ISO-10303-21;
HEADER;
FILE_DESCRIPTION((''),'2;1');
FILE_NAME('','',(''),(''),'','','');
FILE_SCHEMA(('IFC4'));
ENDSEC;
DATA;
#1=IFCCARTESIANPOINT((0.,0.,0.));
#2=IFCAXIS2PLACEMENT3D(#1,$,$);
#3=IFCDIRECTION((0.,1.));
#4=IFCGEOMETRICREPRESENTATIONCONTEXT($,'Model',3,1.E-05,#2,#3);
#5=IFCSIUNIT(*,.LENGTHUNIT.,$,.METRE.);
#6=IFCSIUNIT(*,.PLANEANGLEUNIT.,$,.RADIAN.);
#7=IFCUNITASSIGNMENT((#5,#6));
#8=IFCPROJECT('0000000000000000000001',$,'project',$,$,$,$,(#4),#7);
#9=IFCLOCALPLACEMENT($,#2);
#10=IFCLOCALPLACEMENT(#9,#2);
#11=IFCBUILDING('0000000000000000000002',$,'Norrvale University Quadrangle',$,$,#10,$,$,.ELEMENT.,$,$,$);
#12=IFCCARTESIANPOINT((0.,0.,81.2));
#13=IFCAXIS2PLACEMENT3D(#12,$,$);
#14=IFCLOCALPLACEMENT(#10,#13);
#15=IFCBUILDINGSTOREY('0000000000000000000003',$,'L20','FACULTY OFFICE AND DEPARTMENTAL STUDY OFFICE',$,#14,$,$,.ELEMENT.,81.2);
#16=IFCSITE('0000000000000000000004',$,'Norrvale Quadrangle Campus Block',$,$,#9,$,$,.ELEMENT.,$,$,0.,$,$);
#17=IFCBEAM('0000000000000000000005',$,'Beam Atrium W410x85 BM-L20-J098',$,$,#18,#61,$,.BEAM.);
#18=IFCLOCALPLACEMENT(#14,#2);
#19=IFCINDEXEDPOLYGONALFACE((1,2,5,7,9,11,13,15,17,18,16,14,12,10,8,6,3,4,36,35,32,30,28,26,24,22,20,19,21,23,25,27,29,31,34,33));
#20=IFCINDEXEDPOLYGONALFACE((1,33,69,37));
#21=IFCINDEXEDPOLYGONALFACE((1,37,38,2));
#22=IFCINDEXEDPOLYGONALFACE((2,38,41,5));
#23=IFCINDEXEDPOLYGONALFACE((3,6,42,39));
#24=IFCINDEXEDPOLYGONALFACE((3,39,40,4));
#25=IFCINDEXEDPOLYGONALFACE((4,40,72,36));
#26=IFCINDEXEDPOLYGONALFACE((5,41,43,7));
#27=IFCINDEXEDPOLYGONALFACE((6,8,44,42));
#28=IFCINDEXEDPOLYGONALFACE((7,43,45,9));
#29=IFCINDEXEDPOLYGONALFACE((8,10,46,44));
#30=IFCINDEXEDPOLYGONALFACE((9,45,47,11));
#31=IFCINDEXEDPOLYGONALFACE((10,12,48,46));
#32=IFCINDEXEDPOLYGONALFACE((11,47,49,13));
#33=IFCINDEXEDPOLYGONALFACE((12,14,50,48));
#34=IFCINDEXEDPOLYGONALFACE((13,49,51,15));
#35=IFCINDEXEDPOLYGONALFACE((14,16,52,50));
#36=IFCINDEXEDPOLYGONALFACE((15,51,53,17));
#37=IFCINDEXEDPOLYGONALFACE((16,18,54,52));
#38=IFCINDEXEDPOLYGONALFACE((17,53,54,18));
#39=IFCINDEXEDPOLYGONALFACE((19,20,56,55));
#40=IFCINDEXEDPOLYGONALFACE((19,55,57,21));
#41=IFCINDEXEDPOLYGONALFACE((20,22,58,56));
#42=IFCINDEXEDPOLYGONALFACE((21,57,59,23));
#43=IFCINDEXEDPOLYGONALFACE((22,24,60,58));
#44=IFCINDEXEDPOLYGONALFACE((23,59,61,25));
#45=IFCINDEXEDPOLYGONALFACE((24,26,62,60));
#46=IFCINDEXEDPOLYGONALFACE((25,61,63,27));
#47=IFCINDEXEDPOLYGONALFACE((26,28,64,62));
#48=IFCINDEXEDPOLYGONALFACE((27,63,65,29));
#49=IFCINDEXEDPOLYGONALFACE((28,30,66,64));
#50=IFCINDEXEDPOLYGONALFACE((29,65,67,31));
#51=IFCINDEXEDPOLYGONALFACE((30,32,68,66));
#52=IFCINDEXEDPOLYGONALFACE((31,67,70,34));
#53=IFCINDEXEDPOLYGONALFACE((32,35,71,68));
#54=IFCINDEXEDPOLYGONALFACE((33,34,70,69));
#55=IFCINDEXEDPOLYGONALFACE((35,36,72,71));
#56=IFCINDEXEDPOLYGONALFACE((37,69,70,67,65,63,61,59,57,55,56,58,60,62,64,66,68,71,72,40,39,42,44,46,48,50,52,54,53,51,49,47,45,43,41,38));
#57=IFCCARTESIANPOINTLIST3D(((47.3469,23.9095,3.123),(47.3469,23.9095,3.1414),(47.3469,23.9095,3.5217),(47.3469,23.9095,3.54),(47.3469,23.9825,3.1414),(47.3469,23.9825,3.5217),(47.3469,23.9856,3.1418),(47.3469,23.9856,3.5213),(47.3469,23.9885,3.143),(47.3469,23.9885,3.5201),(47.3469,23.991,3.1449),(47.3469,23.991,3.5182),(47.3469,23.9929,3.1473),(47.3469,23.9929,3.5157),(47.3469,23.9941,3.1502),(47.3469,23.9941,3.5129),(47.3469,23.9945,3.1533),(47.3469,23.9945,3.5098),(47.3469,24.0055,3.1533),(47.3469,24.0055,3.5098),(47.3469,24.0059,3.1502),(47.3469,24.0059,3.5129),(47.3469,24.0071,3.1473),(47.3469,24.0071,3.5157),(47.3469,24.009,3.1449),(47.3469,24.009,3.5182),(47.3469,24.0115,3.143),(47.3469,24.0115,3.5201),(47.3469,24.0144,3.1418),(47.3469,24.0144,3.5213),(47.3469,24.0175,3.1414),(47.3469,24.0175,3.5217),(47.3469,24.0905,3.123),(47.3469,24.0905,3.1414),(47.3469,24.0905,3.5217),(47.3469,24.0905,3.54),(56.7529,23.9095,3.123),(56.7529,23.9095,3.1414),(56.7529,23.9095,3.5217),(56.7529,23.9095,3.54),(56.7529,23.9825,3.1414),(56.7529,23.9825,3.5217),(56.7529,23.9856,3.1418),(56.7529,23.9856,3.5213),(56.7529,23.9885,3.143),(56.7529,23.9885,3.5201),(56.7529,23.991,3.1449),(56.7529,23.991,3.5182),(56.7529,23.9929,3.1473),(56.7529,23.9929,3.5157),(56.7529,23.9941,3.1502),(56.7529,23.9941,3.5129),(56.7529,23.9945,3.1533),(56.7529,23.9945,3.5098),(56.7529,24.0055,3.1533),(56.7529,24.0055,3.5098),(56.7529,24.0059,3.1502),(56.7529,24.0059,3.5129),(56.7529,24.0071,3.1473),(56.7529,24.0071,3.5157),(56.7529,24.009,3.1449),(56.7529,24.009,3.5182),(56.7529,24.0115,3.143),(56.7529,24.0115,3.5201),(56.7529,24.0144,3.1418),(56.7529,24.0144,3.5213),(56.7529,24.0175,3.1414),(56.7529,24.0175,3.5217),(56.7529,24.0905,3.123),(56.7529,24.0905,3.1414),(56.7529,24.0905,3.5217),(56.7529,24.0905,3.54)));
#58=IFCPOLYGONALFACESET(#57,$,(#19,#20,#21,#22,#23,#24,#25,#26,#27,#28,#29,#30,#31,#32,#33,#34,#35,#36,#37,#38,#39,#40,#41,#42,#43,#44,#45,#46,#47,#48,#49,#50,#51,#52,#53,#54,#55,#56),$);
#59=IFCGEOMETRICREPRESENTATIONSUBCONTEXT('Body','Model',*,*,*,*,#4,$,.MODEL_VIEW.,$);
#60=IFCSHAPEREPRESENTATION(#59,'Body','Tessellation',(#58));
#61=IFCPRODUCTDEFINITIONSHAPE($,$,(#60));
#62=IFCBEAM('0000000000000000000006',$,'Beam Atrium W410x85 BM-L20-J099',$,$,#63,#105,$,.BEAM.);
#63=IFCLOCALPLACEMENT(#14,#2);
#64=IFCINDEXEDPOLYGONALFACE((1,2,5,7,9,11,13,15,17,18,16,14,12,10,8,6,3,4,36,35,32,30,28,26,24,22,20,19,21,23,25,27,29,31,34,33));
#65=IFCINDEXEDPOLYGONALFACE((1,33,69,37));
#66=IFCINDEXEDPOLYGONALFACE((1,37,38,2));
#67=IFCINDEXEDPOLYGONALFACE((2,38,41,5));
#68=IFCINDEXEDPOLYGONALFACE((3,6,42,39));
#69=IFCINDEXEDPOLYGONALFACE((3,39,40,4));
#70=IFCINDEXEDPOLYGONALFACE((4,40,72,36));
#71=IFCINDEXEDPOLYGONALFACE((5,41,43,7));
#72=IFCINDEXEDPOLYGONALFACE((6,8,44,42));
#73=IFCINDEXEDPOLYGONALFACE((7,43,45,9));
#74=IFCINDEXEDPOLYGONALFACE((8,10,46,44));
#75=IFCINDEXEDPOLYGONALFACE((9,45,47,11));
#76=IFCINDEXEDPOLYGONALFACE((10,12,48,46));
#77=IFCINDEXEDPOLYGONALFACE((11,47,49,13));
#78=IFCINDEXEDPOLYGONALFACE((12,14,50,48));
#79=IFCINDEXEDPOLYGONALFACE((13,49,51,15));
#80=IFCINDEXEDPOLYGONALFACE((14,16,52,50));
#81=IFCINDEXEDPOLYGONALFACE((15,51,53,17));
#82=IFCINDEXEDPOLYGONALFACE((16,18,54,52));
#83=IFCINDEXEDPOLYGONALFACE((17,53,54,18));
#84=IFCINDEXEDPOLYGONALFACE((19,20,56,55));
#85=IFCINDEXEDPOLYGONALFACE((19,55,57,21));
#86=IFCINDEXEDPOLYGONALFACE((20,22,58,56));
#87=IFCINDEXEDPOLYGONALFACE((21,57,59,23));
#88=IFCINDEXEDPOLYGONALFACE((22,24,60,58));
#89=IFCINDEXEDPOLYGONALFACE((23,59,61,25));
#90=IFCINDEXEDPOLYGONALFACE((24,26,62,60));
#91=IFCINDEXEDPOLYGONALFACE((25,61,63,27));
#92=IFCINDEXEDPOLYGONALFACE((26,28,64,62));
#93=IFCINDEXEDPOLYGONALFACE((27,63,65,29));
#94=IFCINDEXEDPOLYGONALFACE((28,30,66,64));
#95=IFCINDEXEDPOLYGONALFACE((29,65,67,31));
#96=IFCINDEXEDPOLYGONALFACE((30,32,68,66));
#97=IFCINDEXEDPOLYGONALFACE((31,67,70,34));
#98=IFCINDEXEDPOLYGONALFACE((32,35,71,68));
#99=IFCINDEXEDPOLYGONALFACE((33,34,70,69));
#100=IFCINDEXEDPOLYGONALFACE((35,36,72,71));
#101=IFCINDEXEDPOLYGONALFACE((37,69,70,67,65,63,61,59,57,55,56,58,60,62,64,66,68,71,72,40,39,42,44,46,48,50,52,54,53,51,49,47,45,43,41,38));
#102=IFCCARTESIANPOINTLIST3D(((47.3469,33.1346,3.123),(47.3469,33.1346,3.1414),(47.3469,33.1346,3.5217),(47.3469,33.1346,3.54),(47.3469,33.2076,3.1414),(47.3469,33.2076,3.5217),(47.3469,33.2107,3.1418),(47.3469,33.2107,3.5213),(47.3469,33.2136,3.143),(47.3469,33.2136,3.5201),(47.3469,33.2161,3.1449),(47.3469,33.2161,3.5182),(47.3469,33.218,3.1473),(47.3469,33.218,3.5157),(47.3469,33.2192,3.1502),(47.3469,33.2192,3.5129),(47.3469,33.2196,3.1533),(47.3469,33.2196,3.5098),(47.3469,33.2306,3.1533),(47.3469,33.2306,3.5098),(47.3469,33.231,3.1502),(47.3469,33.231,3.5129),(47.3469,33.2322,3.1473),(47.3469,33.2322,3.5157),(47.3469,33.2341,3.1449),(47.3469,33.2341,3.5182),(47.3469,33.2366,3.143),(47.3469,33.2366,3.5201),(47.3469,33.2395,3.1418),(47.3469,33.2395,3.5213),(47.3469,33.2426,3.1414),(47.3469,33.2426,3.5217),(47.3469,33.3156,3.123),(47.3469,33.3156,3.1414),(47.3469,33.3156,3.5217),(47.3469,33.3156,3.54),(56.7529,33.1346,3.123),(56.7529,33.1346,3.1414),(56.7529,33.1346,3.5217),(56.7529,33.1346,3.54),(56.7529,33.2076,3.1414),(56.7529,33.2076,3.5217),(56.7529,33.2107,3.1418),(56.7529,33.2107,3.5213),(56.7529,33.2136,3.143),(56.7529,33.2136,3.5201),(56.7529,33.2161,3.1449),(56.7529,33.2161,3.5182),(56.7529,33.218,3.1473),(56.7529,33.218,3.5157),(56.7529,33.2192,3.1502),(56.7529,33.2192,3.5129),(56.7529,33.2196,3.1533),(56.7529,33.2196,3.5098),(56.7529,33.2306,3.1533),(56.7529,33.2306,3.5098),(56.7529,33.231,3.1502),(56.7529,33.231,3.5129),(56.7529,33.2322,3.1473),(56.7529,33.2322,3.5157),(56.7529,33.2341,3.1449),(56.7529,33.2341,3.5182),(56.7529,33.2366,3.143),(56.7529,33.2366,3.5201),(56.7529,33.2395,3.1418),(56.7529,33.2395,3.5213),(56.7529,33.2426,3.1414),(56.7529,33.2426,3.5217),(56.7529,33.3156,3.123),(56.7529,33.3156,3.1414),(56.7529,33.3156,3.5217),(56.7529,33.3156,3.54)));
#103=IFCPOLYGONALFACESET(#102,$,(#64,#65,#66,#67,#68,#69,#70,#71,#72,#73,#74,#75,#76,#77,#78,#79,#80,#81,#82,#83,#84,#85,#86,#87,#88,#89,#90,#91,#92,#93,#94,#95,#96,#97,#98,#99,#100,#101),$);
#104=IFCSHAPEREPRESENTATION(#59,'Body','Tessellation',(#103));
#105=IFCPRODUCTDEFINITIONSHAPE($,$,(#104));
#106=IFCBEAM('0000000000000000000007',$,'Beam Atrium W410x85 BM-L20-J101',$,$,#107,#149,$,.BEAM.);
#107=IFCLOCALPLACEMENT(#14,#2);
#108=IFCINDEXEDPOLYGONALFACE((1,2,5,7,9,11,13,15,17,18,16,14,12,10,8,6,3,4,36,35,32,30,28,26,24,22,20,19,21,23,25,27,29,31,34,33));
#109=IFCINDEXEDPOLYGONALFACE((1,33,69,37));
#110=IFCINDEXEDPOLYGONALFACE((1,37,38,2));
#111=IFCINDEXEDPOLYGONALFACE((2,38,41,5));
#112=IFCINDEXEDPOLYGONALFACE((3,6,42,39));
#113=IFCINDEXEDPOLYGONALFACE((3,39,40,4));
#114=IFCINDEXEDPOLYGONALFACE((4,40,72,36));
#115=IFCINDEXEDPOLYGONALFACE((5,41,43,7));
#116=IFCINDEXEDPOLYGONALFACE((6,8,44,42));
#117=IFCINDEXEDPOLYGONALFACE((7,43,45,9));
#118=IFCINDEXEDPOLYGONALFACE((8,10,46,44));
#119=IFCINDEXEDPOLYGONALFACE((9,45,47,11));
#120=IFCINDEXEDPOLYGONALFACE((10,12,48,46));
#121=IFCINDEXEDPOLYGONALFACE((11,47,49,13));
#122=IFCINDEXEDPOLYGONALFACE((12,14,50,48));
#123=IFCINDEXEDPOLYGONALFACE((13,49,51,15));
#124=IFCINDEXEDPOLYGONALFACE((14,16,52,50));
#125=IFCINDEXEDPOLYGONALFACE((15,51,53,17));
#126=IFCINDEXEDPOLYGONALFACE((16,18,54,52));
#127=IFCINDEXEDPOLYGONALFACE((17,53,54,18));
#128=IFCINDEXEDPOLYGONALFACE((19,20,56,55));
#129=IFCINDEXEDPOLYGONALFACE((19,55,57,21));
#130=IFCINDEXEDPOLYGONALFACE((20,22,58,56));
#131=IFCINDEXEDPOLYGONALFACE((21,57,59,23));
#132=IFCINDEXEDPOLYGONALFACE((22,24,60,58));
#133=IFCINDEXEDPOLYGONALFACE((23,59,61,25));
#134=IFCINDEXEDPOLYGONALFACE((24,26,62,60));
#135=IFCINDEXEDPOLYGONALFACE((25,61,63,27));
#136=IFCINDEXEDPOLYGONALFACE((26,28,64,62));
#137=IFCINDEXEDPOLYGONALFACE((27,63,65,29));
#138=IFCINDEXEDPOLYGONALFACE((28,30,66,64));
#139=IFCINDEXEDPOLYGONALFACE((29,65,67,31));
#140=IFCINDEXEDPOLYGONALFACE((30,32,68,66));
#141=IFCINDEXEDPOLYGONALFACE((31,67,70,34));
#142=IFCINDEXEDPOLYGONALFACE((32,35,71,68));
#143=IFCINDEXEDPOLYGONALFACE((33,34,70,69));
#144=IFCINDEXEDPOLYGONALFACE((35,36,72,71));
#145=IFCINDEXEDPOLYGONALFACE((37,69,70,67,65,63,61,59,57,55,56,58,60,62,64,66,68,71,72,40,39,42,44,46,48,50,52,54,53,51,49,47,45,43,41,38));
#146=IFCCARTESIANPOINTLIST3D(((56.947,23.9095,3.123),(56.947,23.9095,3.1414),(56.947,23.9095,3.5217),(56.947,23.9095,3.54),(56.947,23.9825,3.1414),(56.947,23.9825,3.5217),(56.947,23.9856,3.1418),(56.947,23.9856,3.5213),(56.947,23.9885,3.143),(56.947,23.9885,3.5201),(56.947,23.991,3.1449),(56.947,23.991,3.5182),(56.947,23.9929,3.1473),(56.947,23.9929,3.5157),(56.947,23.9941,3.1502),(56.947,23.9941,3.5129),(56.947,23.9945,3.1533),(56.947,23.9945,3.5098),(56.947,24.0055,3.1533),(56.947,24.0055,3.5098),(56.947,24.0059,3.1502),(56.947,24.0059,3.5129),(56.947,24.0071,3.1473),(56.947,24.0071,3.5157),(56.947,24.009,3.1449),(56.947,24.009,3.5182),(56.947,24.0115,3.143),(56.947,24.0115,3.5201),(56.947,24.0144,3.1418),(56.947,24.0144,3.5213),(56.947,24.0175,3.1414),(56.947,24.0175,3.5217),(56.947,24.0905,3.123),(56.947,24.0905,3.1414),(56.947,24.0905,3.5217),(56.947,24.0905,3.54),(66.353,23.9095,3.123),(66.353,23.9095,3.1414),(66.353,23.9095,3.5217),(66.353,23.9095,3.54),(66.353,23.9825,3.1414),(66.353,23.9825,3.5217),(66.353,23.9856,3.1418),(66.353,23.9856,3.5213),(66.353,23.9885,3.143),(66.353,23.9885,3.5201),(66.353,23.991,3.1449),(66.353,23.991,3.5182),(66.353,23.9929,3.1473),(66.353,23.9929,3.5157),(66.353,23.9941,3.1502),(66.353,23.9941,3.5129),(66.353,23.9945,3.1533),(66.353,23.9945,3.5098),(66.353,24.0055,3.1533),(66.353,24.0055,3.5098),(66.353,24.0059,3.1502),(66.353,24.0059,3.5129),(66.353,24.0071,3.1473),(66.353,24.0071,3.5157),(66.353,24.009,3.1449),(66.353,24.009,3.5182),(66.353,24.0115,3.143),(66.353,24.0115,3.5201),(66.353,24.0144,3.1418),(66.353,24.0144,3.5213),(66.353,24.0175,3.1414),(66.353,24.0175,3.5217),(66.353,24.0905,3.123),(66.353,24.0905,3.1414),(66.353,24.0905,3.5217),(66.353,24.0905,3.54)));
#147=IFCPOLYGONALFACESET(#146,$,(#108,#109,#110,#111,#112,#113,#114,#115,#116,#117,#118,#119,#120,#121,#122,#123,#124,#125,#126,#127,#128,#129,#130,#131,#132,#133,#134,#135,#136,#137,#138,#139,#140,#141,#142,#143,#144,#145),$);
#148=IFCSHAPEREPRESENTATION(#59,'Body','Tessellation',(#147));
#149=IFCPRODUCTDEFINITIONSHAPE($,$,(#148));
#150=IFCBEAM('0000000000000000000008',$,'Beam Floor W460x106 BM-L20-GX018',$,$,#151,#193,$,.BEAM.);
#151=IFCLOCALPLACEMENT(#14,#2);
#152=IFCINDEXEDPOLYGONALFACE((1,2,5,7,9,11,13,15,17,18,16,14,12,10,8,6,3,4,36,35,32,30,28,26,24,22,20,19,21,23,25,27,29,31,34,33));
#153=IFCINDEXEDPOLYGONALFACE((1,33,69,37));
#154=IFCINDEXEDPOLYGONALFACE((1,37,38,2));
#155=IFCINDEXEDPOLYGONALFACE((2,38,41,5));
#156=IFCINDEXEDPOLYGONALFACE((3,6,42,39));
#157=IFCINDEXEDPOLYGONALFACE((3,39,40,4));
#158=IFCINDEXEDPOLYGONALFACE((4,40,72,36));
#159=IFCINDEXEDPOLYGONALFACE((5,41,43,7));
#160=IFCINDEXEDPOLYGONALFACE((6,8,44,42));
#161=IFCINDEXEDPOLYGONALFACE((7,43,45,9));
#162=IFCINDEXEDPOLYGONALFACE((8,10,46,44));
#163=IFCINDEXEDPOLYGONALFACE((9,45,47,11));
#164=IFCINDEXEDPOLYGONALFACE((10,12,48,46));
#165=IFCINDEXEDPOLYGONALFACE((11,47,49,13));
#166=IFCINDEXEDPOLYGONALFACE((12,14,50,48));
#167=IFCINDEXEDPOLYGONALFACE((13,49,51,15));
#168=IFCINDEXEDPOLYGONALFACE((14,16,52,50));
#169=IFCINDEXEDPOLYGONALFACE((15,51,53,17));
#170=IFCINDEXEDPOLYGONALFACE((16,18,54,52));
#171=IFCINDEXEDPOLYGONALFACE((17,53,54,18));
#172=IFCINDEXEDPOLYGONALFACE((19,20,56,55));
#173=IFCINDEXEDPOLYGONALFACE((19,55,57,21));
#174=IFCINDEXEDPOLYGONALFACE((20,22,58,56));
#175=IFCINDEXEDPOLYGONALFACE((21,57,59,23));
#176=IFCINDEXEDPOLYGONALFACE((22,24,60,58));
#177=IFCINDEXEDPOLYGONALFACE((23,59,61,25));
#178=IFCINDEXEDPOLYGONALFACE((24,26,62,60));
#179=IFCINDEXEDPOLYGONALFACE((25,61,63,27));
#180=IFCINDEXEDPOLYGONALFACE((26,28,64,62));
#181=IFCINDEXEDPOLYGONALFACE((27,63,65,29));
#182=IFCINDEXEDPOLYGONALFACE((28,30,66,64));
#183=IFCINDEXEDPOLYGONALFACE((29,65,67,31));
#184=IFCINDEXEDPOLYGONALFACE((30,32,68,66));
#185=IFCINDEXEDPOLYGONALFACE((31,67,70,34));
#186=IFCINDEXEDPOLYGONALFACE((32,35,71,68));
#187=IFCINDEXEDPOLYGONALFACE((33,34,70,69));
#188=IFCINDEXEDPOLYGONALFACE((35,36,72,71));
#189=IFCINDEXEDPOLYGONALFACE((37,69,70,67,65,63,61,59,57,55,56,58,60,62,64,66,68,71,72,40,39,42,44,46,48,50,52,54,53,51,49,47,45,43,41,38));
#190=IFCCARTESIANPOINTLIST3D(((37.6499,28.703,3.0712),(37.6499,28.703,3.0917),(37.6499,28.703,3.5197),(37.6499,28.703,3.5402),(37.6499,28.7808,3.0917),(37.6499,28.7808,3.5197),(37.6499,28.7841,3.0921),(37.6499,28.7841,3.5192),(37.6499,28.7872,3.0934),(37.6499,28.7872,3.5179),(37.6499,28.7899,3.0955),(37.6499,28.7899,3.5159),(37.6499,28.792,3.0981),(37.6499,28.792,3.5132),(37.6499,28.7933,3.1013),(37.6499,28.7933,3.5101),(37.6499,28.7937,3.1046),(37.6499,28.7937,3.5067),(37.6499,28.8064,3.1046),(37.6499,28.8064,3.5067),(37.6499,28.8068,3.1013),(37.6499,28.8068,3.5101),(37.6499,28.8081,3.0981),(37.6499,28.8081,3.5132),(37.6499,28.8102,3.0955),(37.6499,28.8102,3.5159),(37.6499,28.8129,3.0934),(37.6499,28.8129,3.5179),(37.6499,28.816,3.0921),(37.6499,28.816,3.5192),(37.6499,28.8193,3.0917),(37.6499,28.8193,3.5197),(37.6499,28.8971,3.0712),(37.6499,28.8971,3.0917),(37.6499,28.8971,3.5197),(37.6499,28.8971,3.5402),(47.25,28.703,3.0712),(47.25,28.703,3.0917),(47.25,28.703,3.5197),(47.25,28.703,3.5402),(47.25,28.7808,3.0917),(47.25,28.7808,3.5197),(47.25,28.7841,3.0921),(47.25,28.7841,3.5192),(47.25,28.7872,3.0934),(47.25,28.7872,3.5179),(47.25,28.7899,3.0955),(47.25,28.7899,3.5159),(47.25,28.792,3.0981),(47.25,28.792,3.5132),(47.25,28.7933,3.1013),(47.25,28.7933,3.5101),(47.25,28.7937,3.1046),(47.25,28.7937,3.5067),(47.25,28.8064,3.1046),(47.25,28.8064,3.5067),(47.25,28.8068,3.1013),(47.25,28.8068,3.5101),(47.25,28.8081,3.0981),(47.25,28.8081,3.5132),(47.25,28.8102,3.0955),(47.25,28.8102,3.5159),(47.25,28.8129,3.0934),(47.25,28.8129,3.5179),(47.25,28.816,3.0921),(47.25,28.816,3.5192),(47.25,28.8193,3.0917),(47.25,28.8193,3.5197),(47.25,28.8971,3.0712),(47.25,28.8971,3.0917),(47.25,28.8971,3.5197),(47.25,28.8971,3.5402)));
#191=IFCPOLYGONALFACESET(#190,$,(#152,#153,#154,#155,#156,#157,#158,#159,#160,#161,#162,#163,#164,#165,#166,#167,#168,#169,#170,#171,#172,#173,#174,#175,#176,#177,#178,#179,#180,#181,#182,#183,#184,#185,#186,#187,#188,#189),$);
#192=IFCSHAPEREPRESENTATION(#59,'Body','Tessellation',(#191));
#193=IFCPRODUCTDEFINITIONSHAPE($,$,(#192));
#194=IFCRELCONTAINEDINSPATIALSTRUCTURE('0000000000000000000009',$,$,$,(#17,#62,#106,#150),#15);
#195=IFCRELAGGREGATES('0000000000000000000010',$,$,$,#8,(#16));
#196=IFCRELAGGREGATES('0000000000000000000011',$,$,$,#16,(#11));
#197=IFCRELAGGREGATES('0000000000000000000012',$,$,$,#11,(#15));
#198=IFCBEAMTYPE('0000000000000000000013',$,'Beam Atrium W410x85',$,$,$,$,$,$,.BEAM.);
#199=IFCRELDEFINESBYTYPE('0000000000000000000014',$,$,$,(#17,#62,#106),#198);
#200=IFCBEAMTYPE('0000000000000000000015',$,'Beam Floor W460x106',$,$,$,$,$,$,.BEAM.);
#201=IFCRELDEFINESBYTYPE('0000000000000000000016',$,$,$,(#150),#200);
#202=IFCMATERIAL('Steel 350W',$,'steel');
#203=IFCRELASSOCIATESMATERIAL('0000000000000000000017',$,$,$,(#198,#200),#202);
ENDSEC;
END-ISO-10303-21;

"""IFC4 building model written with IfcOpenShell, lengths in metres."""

from ifc_helpers import new_model, si_unit, direction, frame, origin, origin_2d, place, context, subcontext, project, spatial, i_section, extrude, material, material_profile, profile_set, type_object, element, save


model = new_model("IFC4")

# Units and contexts
model_context = context("Model", 3, precision=1e-05, world=origin(), true_north=direction((0.0, 1.0)))
body_context = subcontext(model_context, "Body", "Model", "MODEL_VIEW")
ifc_project = project(units=[si_unit("LENGTHUNIT", "METRE"), si_unit("PLANEANGLEUNIT", "RADIAN")], contexts=[model_context])

# Site, building, storey
site_placement = place(None, origin())
site = spatial("IfcSite", under=ifc_project, at=site_placement, Name="Norrvale Quadrangle Campus Block", CompositionType="ELEMENT", RefElevation=0.0)
building_placement = place(site_placement, origin())
building = spatial("IfcBuilding", under=site, at=building_placement, Name="Norrvale University Quadrangle", CompositionType="ELEMENT")
storey_placement = place(building_placement, frame((0.0, 0.0, 81.2)))
storey = spatial("IfcBuildingStorey", under=building, at=storey_placement, Name="L20", Description="FACULTY OFFICE AND DEPARTMENTAL STUDY OFFICE", CompositionType="ELEMENT", Elevation=81.2)

# Beams
ifc_material_1 = material(Name="Steel 350W", Category="steel")
ifc_material_profile_1 = material_profile(ifc_material_1, i_section(OverallWidth=0.1809, OverallDepth=0.417, WebThickness=0.011, FlangeThickness=0.0183, FilletRadius=0.012, at=origin_2d()), Name="Steel 350W")
ifc_profile_set_1 = profile_set([ifc_material_profile_1], Name="Steel 350W")
beam_type_1 = type_object("IfcBeamType", Name="Beam Atrium W410x85", PredefinedType="BEAM", material=ifc_profile_set_1)
for number, where, z_axis, x_axis, name in (
    (1, (47.3469, 24.0, 3.3315), (1.0, 0.0, 0.0), (0.0, 1.0, 0.0), "Beam Atrium W410x85 BM-L20-J098"),
    (2, (47.3469, 33.2251, 3.3315), (1.0, 0.0, 0.0), (0.0, 1.0, 0.0), "Beam Atrium W410x85 BM-L20-J099"),
    (3, (56.947, 24.0, 3.3315), (1.0, 0.0, 0.0), (0.0, 1.0, 0.0), "Beam Atrium W410x85 BM-L20-J101"),
):
    element("IfcBeam", number, at=place(storey_placement, frame(where, z_axis=z_axis, x_axis=x_axis)), inside=storey, type_object=beam_type_1, Name=name, PredefinedType="BEAM", context=body_context, shape_type="SweptSolid", body=[
        extrude(i_section(OverallWidth=0.1809, OverallDepth=0.417, WebThickness=0.011, FlangeThickness=0.0183, FilletRadius=0.012, at=origin_2d()), origin(), (0.0, 0.0, 1.0), 9.406),
    ])
ifc_material_profile_2 = material_profile(ifc_material_1, i_section(OverallWidth=0.1941, OverallDepth=0.469, WebThickness=0.0127, FlangeThickness=0.0205, FilletRadius=0.0129, at=origin_2d()), Name="Steel 350W")
ifc_profile_set_2 = profile_set([ifc_material_profile_2], Name="Steel 350W")
beam_type_2 = type_object("IfcBeamType", Name="Beam Floor W460x106", PredefinedType="BEAM", material=ifc_profile_set_2)
for number, where, z_axis, x_axis, name in (
    (4, (37.6499, 28.8, 3.3057), (1.0, 0.0, 0.0), (0.0, 1.0, 0.0), "Beam Floor W460x106 BM-L20-GX018"),
):
    element("IfcBeam", number, at=place(storey_placement, frame(where, z_axis=z_axis, x_axis=x_axis)), inside=storey, type_object=beam_type_2, Name=name, PredefinedType="BEAM", context=body_context, shape_type="SweptSolid", body=[
        extrude(i_section(OverallWidth=0.1941, OverallDepth=0.469, WebThickness=0.0127, FlangeThickness=0.0205, FilletRadius=0.0129, at=origin_2d()), origin(), (0.0, 0.0, 1.0), 9.6001),
    ])

save(model, "model.ifc")
